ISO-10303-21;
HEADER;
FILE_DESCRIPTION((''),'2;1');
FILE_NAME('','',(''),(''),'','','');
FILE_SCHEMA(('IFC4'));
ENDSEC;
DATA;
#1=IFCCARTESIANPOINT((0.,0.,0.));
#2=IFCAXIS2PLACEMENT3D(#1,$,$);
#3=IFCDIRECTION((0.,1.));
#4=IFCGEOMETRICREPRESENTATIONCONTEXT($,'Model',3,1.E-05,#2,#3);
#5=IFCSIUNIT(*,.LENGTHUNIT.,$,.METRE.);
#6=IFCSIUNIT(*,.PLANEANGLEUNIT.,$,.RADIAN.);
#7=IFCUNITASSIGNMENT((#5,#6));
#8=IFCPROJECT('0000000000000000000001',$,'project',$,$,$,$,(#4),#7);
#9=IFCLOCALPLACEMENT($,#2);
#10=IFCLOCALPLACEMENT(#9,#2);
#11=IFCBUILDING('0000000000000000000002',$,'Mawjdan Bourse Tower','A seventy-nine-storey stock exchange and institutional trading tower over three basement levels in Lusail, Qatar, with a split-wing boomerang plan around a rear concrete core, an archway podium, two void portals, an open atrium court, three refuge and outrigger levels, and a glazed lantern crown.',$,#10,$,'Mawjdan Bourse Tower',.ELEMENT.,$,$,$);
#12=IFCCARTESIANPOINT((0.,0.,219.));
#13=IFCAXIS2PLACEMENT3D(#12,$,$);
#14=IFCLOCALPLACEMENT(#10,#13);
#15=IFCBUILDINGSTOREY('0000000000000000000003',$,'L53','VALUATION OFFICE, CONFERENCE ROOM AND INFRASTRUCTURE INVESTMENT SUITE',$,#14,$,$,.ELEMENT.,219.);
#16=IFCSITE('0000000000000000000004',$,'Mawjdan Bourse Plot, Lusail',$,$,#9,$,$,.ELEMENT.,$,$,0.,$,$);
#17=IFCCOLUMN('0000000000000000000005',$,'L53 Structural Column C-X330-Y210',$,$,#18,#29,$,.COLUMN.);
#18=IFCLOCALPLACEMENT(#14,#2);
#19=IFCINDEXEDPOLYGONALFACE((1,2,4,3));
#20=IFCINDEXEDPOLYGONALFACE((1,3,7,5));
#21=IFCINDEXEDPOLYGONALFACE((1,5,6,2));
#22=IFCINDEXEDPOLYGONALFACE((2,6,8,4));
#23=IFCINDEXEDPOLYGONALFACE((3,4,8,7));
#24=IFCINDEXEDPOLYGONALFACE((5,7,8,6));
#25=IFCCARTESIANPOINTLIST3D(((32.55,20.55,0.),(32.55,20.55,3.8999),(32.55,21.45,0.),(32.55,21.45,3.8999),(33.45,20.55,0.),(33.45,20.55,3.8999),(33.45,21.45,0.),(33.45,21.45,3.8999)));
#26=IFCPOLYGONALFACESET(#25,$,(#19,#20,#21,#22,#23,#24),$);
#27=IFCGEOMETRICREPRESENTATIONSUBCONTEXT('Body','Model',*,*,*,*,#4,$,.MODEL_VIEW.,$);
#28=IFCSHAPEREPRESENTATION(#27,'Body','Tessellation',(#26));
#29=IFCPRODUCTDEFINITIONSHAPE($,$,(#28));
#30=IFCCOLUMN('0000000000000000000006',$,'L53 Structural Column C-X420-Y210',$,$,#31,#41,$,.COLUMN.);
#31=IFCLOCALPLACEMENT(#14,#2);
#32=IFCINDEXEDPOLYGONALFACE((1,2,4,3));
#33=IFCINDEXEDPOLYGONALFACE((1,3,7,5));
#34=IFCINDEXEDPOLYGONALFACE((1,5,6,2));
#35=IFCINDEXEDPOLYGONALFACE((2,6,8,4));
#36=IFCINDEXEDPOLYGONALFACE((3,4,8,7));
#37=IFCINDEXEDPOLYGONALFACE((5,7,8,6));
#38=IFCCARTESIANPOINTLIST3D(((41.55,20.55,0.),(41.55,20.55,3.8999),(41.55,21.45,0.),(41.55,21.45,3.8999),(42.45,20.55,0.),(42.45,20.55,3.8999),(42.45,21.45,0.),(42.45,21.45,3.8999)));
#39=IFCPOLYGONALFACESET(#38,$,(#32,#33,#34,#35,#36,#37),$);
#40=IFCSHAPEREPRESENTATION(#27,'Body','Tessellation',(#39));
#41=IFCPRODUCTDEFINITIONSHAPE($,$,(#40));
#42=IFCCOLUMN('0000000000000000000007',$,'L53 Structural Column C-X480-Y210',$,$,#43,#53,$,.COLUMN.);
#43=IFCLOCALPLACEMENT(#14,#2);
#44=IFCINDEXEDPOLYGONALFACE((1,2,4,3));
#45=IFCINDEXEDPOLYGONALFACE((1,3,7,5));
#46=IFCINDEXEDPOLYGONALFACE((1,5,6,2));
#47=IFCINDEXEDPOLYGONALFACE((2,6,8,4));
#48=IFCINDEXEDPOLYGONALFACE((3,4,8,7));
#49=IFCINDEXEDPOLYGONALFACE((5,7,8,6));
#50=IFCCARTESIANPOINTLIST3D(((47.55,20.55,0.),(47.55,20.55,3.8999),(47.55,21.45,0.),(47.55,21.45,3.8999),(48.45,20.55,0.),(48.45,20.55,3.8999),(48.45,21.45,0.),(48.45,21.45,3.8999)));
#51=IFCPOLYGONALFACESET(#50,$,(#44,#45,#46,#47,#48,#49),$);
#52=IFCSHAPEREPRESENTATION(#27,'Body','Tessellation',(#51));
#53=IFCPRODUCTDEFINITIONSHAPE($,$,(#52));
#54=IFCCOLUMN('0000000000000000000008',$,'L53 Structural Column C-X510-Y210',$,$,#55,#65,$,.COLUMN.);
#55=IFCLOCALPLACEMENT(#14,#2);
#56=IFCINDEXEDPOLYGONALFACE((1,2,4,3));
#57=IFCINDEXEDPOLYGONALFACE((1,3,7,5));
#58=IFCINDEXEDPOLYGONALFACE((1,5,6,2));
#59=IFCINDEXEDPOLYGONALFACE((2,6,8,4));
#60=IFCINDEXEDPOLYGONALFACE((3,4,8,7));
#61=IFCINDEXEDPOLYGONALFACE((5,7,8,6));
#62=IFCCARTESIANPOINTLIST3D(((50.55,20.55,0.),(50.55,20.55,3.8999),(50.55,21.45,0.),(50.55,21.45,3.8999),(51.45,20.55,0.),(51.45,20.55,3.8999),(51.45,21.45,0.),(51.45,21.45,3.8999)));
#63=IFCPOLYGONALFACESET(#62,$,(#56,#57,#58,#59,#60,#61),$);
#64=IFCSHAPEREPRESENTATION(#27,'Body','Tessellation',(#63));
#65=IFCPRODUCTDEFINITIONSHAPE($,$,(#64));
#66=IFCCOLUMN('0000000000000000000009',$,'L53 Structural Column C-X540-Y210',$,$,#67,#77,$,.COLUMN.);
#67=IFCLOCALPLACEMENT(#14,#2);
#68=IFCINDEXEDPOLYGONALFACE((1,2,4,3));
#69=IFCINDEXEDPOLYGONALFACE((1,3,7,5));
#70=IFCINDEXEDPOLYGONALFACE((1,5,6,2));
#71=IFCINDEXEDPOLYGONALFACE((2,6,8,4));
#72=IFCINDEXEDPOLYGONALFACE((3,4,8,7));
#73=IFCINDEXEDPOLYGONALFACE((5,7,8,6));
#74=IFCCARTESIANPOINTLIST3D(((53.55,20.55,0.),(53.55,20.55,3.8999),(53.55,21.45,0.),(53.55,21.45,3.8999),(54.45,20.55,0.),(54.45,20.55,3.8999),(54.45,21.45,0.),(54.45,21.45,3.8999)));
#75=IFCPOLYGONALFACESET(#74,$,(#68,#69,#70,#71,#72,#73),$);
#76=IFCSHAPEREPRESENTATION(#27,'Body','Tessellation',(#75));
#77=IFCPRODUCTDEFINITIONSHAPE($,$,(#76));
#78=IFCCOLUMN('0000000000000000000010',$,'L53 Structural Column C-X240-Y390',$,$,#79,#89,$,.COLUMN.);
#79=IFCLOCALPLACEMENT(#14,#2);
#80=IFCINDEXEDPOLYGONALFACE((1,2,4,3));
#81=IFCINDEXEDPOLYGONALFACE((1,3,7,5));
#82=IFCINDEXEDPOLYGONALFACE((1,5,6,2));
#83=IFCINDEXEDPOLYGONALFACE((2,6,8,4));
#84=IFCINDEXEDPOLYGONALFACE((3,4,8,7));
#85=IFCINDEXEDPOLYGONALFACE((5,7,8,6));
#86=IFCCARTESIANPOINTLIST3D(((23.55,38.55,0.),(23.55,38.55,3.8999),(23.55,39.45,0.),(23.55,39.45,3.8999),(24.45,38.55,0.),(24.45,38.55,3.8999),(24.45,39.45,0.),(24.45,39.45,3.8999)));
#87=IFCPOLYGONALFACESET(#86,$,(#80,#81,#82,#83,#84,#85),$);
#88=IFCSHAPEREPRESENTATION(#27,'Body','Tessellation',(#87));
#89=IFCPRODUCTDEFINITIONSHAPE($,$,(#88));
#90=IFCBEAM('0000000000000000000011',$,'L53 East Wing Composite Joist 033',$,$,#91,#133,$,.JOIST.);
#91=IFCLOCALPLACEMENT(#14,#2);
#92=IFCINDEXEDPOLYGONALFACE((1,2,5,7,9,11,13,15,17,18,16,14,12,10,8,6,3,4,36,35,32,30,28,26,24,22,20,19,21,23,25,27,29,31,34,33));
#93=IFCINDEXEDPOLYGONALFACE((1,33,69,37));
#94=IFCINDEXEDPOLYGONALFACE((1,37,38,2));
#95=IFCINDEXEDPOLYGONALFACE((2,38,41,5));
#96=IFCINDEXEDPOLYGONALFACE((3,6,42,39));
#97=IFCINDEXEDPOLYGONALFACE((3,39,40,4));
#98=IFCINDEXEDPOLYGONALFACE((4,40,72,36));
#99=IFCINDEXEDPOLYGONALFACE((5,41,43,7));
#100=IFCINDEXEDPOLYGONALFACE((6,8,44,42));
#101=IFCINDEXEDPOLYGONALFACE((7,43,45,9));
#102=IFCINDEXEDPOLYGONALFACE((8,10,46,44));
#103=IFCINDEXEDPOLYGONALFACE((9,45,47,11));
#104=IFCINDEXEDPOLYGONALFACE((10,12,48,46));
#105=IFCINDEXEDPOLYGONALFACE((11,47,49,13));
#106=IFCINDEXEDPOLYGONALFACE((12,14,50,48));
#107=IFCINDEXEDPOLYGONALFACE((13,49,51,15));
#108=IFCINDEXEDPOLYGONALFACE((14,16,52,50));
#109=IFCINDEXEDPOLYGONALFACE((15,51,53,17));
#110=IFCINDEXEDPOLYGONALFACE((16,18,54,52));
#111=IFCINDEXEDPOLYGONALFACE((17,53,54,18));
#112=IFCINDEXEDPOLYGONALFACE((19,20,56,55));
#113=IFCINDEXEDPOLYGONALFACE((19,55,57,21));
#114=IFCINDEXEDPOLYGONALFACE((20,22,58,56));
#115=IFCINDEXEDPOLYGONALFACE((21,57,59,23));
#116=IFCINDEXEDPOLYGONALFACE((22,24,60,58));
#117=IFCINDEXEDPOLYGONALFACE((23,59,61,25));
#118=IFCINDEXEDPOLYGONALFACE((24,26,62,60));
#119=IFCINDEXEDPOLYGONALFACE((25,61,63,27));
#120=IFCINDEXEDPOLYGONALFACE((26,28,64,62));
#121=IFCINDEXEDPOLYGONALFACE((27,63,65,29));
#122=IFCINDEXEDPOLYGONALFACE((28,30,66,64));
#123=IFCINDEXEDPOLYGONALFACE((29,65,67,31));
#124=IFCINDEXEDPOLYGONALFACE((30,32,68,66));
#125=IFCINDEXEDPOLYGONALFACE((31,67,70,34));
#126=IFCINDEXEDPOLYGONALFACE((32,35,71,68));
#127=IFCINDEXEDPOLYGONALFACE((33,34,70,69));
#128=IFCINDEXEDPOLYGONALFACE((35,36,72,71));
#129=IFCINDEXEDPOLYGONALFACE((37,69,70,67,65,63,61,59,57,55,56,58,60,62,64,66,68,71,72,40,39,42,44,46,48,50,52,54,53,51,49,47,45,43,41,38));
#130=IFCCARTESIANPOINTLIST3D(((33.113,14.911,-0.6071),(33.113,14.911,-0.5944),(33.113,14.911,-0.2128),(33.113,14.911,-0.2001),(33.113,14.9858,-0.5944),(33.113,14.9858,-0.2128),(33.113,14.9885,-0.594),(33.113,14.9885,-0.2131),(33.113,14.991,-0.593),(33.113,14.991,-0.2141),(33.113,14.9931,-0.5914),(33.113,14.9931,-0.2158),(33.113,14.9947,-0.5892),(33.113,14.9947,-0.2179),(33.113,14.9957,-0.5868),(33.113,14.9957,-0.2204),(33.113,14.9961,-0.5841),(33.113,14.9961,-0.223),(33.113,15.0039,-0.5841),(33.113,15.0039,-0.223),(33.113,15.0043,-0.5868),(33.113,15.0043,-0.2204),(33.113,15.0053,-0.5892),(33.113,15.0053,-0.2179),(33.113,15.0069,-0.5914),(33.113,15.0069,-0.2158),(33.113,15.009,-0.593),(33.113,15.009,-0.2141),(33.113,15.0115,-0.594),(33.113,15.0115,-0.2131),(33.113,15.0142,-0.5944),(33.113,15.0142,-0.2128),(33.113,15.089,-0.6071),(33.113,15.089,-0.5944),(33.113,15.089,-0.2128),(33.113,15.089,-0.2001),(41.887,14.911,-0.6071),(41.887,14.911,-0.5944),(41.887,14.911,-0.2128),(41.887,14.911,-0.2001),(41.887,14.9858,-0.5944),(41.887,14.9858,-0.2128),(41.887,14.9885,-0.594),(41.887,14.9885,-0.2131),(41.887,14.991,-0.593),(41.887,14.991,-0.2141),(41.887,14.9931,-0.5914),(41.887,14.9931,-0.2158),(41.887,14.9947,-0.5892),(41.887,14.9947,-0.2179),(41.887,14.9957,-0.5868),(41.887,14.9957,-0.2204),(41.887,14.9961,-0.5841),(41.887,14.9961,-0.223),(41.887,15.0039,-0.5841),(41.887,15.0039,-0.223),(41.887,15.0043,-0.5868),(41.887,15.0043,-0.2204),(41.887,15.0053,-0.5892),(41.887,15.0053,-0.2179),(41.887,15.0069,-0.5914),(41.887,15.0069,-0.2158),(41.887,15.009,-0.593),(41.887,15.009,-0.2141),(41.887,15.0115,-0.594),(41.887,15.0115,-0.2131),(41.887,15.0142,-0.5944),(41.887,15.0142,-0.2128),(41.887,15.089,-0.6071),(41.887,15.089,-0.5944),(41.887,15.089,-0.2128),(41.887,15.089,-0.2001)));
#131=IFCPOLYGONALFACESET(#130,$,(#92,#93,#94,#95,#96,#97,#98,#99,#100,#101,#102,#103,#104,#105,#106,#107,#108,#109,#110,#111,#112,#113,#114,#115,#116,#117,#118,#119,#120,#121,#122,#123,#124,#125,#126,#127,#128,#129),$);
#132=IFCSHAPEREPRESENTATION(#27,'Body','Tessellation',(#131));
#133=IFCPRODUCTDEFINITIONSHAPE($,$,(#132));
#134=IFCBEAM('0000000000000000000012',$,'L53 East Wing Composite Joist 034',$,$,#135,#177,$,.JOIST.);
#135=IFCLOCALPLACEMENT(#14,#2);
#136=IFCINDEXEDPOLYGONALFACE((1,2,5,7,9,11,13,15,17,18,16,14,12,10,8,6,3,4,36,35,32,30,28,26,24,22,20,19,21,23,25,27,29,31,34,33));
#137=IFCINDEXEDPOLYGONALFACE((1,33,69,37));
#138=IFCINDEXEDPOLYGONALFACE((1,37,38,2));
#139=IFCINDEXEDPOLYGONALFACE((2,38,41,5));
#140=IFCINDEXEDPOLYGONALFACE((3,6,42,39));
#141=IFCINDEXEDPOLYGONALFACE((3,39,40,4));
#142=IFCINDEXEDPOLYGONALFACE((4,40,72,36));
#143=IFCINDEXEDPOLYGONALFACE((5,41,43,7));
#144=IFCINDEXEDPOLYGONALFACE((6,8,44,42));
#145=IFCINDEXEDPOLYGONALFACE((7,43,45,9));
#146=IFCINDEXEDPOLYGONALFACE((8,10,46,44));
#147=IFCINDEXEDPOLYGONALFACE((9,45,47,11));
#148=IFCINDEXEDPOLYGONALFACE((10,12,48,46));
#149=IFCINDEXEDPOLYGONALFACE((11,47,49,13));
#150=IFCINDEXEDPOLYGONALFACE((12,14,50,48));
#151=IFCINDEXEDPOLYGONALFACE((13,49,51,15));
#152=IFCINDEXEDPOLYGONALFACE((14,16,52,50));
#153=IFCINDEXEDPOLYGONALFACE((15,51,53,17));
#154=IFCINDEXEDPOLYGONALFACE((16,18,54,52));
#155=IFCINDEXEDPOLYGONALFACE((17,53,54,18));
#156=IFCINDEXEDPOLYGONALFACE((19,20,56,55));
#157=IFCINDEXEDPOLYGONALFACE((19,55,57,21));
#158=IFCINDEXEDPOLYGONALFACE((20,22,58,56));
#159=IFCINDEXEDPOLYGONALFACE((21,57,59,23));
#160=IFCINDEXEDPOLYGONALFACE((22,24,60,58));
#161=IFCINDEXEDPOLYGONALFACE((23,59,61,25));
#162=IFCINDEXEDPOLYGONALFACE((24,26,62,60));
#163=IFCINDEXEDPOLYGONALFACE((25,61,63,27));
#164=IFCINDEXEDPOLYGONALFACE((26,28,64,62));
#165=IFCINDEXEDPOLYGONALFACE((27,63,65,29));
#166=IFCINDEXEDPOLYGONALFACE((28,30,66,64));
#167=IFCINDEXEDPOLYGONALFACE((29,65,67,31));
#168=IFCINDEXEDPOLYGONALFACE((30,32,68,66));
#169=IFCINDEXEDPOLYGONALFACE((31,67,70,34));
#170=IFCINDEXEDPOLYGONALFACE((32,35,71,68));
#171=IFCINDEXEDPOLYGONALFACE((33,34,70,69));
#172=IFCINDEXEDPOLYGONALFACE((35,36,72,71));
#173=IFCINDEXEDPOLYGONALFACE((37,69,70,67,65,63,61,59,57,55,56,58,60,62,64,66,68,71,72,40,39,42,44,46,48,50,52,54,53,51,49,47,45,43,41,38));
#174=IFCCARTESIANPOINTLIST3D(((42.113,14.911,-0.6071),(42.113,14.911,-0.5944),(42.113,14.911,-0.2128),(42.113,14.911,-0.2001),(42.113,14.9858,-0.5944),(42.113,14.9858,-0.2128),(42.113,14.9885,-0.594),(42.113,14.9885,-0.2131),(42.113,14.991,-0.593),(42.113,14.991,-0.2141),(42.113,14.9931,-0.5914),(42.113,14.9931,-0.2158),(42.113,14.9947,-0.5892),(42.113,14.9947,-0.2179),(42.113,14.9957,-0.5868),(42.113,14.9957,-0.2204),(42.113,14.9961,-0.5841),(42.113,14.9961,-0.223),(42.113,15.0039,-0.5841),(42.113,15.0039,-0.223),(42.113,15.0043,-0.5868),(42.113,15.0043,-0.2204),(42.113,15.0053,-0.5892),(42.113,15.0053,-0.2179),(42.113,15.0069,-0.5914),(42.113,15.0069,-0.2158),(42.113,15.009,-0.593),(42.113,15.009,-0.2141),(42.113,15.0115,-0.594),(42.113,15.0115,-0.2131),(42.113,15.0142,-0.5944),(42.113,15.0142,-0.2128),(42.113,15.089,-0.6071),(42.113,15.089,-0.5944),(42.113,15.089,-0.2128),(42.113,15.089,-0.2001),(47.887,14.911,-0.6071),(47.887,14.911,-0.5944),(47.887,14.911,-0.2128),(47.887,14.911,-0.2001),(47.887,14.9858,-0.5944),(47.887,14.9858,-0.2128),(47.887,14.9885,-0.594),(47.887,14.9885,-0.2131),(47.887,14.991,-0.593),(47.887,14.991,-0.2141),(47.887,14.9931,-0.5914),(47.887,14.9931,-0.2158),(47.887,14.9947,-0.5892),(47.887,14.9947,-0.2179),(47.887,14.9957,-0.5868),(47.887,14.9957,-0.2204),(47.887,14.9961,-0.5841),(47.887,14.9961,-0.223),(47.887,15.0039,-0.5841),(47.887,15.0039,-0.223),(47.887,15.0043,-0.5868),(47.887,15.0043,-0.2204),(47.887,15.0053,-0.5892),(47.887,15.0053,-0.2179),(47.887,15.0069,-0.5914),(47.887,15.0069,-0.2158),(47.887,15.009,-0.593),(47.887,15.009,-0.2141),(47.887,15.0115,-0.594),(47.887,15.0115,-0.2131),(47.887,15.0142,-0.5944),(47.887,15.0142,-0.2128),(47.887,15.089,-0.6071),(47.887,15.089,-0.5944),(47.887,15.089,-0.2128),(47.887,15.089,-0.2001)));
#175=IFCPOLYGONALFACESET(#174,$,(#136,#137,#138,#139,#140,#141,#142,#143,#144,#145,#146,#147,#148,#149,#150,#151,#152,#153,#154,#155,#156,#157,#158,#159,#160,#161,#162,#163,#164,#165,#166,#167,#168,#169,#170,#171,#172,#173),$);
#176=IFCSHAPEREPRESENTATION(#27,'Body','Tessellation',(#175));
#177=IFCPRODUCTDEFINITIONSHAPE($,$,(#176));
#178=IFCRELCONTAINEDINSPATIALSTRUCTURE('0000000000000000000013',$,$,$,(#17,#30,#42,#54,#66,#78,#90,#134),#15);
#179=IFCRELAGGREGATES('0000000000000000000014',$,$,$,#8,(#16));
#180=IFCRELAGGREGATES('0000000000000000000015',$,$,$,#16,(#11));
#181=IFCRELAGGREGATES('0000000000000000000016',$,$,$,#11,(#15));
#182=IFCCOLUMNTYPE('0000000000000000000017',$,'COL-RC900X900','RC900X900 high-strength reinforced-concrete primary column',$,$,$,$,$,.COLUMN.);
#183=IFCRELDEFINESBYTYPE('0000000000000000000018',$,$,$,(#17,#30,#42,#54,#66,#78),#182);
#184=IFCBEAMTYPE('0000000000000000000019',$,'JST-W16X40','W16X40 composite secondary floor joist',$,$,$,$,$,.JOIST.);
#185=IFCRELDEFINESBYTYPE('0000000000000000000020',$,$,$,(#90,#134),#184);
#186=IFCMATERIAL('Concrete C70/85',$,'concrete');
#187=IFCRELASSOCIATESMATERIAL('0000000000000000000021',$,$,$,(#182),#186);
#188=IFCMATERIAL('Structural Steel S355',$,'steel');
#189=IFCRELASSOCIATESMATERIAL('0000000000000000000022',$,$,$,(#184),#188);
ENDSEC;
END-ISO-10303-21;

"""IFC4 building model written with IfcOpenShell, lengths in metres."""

from ifc_helpers import new_model, si_unit, direction, frame, origin, origin_2d, place, context, subcontext, project, spatial, rectangle, i_section, extrude, material, material_profile, profile_set, type_object, element, save


model = new_model("IFC4")

# Units and contexts
model_context = context("Model", 3, precision=1e-05, world=origin(), true_north=direction((0.0, 1.0)))
body_context = subcontext(model_context, "Body", "Model", "MODEL_VIEW")
ifc_project = project(units=[si_unit("LENGTHUNIT", "METRE"), si_unit("PLANEANGLEUNIT", "RADIAN")], contexts=[model_context])

# Site, building, storey
site_placement = place(None, origin())
site = spatial("IfcSite", under=ifc_project, at=site_placement, Name="Mawjdan Bourse Plot, Lusail", CompositionType="ELEMENT", RefElevation=0.0)
building_placement = place(site_placement, origin())
building = spatial("IfcBuilding", under=site, at=building_placement, Name="Mawjdan Bourse Tower", Description="A seventy-nine-storey stock exchange and institutional trading tower over three basement levels in Lusail, Qatar, with a split-wing boomerang plan around a rear concrete core, an archway podium, two void portals, an open atrium court, three refuge and outrigger levels, and a glazed lantern crown.", LongName="Mawjdan Bourse Tower", CompositionType="ELEMENT")
storey_placement = place(building_placement, frame((0.0, 0.0, 219.0)))
storey = spatial("IfcBuildingStorey", under=building, at=storey_placement, Name="L53", Description="VALUATION OFFICE, CONFERENCE ROOM AND INFRASTRUCTURE INVESTMENT SUITE", CompositionType="ELEMENT", Elevation=219.0)

# Columns
ifc_material_1 = material(Name="Concrete C70/85", Category="concrete")
ifc_material_profile_1 = material_profile(ifc_material_1, rectangle(XDim=0.8999, YDim=0.8999, at=origin_2d()), Name="RC900X900")
ifc_profile_set_1 = profile_set([ifc_material_profile_1], Name="Concrete C70/85")
column_type = type_object("IfcColumnType", Name="COL-RC900X900", Description="RC900X900 high-strength reinforced-concrete primary column", PredefinedType="COLUMN", material=ifc_profile_set_1)
for number, where, z_axis, x_axis, name in (
    (1, (33.0, 21.0, 0.0), (0.0, 0.0, 1.0), (1.0, 0.0, 0.0), "L53 Structural Column C-X330-Y210"),
    (2, (42.0, 21.0, 0.0), (0.0, 0.0, 1.0), (1.0, 0.0, 0.0), "L53 Structural Column C-X420-Y210"),
    (3, (48.0, 21.0, 0.0), (0.0, 0.0, 1.0), (1.0, 0.0, 0.0), "L53 Structural Column C-X480-Y210"),
    (4, (51.0, 21.0, 0.0), (0.0, 0.0, 1.0), (1.0, 0.0, 0.0), "L53 Structural Column C-X510-Y210"),
    (5, (54.0, 21.0, 0.0), (0.0, 0.0, 1.0), (1.0, 0.0, 0.0), "L53 Structural Column C-X540-Y210"),
    (6, (24.0, 39.0, 0.0), (0.0, 0.0, 1.0), (1.0, 0.0, 0.0), "L53 Structural Column C-X240-Y390"),
):
    element("IfcColumn", number, at=place(storey_placement, frame(where, z_axis=z_axis, x_axis=x_axis)), inside=storey, type_object=column_type, Name=name, PredefinedType="COLUMN", context=body_context, shape_type="SweptSolid", body=[
        extrude(rectangle(XDim=0.8999, YDim=0.8999, at=origin_2d()), origin(), (0.0, 0.0, 1.0), 3.8999),
    ])

# Beams
ifc_material_2 = material(Name="Structural Steel S355", Category="steel")
ifc_material_profile_2 = material_profile(ifc_material_2, i_section(OverallWidth=0.178, OverallDepth=0.407, WebThickness=0.0078, FlangeThickness=0.0127, FilletRadius=0.0103, at=origin_2d()), Name="W16X40")
ifc_profile_set_2 = profile_set([ifc_material_profile_2], Name="Structural Steel S355")
beam_type_1 = type_object("IfcBeamType", Name="JST-W16X40", Description="W16X40 composite secondary floor joist", PredefinedType="JOIST", material=ifc_profile_set_2)
beam_1_placement = place(storey_placement, frame((33.113, 15.0, -0.4036), z_axis=(1.0, 0.0, 0.0), x_axis=(0.0, 1.0, 0.0)))
element("IfcBeam", 7, at=beam_1_placement, inside=storey, type_object=beam_type_1, Name="L53 East Wing Composite Joist 033", PredefinedType="JOIST", context=body_context, shape_type="SweptSolid", body=[
    extrude(i_section(OverallWidth=0.178, OverallDepth=0.407, WebThickness=0.0078, FlangeThickness=0.0127, FilletRadius=0.0103, at=origin_2d()), origin(), (0.0, 0.0, 1.0), 8.7739),
])
beam_2_placement = place(storey_placement, frame((42.113, 15.0, -0.4036), z_axis=(1.0, 0.0, 0.0), x_axis=(0.0, 1.0, 0.0)))
element("IfcBeam", 8, at=beam_2_placement, inside=storey, type_object=beam_type_1, Name="L53 East Wing Composite Joist 034", PredefinedType="JOIST", context=body_context, shape_type="SweptSolid", body=[
    extrude(i_section(OverallWidth=0.178, OverallDepth=0.407, WebThickness=0.0078, FlangeThickness=0.0127, FilletRadius=0.0103, at=origin_2d()), origin(), (0.0, 0.0, 1.0), 5.7739),
])

save(model, "model.ifc")
